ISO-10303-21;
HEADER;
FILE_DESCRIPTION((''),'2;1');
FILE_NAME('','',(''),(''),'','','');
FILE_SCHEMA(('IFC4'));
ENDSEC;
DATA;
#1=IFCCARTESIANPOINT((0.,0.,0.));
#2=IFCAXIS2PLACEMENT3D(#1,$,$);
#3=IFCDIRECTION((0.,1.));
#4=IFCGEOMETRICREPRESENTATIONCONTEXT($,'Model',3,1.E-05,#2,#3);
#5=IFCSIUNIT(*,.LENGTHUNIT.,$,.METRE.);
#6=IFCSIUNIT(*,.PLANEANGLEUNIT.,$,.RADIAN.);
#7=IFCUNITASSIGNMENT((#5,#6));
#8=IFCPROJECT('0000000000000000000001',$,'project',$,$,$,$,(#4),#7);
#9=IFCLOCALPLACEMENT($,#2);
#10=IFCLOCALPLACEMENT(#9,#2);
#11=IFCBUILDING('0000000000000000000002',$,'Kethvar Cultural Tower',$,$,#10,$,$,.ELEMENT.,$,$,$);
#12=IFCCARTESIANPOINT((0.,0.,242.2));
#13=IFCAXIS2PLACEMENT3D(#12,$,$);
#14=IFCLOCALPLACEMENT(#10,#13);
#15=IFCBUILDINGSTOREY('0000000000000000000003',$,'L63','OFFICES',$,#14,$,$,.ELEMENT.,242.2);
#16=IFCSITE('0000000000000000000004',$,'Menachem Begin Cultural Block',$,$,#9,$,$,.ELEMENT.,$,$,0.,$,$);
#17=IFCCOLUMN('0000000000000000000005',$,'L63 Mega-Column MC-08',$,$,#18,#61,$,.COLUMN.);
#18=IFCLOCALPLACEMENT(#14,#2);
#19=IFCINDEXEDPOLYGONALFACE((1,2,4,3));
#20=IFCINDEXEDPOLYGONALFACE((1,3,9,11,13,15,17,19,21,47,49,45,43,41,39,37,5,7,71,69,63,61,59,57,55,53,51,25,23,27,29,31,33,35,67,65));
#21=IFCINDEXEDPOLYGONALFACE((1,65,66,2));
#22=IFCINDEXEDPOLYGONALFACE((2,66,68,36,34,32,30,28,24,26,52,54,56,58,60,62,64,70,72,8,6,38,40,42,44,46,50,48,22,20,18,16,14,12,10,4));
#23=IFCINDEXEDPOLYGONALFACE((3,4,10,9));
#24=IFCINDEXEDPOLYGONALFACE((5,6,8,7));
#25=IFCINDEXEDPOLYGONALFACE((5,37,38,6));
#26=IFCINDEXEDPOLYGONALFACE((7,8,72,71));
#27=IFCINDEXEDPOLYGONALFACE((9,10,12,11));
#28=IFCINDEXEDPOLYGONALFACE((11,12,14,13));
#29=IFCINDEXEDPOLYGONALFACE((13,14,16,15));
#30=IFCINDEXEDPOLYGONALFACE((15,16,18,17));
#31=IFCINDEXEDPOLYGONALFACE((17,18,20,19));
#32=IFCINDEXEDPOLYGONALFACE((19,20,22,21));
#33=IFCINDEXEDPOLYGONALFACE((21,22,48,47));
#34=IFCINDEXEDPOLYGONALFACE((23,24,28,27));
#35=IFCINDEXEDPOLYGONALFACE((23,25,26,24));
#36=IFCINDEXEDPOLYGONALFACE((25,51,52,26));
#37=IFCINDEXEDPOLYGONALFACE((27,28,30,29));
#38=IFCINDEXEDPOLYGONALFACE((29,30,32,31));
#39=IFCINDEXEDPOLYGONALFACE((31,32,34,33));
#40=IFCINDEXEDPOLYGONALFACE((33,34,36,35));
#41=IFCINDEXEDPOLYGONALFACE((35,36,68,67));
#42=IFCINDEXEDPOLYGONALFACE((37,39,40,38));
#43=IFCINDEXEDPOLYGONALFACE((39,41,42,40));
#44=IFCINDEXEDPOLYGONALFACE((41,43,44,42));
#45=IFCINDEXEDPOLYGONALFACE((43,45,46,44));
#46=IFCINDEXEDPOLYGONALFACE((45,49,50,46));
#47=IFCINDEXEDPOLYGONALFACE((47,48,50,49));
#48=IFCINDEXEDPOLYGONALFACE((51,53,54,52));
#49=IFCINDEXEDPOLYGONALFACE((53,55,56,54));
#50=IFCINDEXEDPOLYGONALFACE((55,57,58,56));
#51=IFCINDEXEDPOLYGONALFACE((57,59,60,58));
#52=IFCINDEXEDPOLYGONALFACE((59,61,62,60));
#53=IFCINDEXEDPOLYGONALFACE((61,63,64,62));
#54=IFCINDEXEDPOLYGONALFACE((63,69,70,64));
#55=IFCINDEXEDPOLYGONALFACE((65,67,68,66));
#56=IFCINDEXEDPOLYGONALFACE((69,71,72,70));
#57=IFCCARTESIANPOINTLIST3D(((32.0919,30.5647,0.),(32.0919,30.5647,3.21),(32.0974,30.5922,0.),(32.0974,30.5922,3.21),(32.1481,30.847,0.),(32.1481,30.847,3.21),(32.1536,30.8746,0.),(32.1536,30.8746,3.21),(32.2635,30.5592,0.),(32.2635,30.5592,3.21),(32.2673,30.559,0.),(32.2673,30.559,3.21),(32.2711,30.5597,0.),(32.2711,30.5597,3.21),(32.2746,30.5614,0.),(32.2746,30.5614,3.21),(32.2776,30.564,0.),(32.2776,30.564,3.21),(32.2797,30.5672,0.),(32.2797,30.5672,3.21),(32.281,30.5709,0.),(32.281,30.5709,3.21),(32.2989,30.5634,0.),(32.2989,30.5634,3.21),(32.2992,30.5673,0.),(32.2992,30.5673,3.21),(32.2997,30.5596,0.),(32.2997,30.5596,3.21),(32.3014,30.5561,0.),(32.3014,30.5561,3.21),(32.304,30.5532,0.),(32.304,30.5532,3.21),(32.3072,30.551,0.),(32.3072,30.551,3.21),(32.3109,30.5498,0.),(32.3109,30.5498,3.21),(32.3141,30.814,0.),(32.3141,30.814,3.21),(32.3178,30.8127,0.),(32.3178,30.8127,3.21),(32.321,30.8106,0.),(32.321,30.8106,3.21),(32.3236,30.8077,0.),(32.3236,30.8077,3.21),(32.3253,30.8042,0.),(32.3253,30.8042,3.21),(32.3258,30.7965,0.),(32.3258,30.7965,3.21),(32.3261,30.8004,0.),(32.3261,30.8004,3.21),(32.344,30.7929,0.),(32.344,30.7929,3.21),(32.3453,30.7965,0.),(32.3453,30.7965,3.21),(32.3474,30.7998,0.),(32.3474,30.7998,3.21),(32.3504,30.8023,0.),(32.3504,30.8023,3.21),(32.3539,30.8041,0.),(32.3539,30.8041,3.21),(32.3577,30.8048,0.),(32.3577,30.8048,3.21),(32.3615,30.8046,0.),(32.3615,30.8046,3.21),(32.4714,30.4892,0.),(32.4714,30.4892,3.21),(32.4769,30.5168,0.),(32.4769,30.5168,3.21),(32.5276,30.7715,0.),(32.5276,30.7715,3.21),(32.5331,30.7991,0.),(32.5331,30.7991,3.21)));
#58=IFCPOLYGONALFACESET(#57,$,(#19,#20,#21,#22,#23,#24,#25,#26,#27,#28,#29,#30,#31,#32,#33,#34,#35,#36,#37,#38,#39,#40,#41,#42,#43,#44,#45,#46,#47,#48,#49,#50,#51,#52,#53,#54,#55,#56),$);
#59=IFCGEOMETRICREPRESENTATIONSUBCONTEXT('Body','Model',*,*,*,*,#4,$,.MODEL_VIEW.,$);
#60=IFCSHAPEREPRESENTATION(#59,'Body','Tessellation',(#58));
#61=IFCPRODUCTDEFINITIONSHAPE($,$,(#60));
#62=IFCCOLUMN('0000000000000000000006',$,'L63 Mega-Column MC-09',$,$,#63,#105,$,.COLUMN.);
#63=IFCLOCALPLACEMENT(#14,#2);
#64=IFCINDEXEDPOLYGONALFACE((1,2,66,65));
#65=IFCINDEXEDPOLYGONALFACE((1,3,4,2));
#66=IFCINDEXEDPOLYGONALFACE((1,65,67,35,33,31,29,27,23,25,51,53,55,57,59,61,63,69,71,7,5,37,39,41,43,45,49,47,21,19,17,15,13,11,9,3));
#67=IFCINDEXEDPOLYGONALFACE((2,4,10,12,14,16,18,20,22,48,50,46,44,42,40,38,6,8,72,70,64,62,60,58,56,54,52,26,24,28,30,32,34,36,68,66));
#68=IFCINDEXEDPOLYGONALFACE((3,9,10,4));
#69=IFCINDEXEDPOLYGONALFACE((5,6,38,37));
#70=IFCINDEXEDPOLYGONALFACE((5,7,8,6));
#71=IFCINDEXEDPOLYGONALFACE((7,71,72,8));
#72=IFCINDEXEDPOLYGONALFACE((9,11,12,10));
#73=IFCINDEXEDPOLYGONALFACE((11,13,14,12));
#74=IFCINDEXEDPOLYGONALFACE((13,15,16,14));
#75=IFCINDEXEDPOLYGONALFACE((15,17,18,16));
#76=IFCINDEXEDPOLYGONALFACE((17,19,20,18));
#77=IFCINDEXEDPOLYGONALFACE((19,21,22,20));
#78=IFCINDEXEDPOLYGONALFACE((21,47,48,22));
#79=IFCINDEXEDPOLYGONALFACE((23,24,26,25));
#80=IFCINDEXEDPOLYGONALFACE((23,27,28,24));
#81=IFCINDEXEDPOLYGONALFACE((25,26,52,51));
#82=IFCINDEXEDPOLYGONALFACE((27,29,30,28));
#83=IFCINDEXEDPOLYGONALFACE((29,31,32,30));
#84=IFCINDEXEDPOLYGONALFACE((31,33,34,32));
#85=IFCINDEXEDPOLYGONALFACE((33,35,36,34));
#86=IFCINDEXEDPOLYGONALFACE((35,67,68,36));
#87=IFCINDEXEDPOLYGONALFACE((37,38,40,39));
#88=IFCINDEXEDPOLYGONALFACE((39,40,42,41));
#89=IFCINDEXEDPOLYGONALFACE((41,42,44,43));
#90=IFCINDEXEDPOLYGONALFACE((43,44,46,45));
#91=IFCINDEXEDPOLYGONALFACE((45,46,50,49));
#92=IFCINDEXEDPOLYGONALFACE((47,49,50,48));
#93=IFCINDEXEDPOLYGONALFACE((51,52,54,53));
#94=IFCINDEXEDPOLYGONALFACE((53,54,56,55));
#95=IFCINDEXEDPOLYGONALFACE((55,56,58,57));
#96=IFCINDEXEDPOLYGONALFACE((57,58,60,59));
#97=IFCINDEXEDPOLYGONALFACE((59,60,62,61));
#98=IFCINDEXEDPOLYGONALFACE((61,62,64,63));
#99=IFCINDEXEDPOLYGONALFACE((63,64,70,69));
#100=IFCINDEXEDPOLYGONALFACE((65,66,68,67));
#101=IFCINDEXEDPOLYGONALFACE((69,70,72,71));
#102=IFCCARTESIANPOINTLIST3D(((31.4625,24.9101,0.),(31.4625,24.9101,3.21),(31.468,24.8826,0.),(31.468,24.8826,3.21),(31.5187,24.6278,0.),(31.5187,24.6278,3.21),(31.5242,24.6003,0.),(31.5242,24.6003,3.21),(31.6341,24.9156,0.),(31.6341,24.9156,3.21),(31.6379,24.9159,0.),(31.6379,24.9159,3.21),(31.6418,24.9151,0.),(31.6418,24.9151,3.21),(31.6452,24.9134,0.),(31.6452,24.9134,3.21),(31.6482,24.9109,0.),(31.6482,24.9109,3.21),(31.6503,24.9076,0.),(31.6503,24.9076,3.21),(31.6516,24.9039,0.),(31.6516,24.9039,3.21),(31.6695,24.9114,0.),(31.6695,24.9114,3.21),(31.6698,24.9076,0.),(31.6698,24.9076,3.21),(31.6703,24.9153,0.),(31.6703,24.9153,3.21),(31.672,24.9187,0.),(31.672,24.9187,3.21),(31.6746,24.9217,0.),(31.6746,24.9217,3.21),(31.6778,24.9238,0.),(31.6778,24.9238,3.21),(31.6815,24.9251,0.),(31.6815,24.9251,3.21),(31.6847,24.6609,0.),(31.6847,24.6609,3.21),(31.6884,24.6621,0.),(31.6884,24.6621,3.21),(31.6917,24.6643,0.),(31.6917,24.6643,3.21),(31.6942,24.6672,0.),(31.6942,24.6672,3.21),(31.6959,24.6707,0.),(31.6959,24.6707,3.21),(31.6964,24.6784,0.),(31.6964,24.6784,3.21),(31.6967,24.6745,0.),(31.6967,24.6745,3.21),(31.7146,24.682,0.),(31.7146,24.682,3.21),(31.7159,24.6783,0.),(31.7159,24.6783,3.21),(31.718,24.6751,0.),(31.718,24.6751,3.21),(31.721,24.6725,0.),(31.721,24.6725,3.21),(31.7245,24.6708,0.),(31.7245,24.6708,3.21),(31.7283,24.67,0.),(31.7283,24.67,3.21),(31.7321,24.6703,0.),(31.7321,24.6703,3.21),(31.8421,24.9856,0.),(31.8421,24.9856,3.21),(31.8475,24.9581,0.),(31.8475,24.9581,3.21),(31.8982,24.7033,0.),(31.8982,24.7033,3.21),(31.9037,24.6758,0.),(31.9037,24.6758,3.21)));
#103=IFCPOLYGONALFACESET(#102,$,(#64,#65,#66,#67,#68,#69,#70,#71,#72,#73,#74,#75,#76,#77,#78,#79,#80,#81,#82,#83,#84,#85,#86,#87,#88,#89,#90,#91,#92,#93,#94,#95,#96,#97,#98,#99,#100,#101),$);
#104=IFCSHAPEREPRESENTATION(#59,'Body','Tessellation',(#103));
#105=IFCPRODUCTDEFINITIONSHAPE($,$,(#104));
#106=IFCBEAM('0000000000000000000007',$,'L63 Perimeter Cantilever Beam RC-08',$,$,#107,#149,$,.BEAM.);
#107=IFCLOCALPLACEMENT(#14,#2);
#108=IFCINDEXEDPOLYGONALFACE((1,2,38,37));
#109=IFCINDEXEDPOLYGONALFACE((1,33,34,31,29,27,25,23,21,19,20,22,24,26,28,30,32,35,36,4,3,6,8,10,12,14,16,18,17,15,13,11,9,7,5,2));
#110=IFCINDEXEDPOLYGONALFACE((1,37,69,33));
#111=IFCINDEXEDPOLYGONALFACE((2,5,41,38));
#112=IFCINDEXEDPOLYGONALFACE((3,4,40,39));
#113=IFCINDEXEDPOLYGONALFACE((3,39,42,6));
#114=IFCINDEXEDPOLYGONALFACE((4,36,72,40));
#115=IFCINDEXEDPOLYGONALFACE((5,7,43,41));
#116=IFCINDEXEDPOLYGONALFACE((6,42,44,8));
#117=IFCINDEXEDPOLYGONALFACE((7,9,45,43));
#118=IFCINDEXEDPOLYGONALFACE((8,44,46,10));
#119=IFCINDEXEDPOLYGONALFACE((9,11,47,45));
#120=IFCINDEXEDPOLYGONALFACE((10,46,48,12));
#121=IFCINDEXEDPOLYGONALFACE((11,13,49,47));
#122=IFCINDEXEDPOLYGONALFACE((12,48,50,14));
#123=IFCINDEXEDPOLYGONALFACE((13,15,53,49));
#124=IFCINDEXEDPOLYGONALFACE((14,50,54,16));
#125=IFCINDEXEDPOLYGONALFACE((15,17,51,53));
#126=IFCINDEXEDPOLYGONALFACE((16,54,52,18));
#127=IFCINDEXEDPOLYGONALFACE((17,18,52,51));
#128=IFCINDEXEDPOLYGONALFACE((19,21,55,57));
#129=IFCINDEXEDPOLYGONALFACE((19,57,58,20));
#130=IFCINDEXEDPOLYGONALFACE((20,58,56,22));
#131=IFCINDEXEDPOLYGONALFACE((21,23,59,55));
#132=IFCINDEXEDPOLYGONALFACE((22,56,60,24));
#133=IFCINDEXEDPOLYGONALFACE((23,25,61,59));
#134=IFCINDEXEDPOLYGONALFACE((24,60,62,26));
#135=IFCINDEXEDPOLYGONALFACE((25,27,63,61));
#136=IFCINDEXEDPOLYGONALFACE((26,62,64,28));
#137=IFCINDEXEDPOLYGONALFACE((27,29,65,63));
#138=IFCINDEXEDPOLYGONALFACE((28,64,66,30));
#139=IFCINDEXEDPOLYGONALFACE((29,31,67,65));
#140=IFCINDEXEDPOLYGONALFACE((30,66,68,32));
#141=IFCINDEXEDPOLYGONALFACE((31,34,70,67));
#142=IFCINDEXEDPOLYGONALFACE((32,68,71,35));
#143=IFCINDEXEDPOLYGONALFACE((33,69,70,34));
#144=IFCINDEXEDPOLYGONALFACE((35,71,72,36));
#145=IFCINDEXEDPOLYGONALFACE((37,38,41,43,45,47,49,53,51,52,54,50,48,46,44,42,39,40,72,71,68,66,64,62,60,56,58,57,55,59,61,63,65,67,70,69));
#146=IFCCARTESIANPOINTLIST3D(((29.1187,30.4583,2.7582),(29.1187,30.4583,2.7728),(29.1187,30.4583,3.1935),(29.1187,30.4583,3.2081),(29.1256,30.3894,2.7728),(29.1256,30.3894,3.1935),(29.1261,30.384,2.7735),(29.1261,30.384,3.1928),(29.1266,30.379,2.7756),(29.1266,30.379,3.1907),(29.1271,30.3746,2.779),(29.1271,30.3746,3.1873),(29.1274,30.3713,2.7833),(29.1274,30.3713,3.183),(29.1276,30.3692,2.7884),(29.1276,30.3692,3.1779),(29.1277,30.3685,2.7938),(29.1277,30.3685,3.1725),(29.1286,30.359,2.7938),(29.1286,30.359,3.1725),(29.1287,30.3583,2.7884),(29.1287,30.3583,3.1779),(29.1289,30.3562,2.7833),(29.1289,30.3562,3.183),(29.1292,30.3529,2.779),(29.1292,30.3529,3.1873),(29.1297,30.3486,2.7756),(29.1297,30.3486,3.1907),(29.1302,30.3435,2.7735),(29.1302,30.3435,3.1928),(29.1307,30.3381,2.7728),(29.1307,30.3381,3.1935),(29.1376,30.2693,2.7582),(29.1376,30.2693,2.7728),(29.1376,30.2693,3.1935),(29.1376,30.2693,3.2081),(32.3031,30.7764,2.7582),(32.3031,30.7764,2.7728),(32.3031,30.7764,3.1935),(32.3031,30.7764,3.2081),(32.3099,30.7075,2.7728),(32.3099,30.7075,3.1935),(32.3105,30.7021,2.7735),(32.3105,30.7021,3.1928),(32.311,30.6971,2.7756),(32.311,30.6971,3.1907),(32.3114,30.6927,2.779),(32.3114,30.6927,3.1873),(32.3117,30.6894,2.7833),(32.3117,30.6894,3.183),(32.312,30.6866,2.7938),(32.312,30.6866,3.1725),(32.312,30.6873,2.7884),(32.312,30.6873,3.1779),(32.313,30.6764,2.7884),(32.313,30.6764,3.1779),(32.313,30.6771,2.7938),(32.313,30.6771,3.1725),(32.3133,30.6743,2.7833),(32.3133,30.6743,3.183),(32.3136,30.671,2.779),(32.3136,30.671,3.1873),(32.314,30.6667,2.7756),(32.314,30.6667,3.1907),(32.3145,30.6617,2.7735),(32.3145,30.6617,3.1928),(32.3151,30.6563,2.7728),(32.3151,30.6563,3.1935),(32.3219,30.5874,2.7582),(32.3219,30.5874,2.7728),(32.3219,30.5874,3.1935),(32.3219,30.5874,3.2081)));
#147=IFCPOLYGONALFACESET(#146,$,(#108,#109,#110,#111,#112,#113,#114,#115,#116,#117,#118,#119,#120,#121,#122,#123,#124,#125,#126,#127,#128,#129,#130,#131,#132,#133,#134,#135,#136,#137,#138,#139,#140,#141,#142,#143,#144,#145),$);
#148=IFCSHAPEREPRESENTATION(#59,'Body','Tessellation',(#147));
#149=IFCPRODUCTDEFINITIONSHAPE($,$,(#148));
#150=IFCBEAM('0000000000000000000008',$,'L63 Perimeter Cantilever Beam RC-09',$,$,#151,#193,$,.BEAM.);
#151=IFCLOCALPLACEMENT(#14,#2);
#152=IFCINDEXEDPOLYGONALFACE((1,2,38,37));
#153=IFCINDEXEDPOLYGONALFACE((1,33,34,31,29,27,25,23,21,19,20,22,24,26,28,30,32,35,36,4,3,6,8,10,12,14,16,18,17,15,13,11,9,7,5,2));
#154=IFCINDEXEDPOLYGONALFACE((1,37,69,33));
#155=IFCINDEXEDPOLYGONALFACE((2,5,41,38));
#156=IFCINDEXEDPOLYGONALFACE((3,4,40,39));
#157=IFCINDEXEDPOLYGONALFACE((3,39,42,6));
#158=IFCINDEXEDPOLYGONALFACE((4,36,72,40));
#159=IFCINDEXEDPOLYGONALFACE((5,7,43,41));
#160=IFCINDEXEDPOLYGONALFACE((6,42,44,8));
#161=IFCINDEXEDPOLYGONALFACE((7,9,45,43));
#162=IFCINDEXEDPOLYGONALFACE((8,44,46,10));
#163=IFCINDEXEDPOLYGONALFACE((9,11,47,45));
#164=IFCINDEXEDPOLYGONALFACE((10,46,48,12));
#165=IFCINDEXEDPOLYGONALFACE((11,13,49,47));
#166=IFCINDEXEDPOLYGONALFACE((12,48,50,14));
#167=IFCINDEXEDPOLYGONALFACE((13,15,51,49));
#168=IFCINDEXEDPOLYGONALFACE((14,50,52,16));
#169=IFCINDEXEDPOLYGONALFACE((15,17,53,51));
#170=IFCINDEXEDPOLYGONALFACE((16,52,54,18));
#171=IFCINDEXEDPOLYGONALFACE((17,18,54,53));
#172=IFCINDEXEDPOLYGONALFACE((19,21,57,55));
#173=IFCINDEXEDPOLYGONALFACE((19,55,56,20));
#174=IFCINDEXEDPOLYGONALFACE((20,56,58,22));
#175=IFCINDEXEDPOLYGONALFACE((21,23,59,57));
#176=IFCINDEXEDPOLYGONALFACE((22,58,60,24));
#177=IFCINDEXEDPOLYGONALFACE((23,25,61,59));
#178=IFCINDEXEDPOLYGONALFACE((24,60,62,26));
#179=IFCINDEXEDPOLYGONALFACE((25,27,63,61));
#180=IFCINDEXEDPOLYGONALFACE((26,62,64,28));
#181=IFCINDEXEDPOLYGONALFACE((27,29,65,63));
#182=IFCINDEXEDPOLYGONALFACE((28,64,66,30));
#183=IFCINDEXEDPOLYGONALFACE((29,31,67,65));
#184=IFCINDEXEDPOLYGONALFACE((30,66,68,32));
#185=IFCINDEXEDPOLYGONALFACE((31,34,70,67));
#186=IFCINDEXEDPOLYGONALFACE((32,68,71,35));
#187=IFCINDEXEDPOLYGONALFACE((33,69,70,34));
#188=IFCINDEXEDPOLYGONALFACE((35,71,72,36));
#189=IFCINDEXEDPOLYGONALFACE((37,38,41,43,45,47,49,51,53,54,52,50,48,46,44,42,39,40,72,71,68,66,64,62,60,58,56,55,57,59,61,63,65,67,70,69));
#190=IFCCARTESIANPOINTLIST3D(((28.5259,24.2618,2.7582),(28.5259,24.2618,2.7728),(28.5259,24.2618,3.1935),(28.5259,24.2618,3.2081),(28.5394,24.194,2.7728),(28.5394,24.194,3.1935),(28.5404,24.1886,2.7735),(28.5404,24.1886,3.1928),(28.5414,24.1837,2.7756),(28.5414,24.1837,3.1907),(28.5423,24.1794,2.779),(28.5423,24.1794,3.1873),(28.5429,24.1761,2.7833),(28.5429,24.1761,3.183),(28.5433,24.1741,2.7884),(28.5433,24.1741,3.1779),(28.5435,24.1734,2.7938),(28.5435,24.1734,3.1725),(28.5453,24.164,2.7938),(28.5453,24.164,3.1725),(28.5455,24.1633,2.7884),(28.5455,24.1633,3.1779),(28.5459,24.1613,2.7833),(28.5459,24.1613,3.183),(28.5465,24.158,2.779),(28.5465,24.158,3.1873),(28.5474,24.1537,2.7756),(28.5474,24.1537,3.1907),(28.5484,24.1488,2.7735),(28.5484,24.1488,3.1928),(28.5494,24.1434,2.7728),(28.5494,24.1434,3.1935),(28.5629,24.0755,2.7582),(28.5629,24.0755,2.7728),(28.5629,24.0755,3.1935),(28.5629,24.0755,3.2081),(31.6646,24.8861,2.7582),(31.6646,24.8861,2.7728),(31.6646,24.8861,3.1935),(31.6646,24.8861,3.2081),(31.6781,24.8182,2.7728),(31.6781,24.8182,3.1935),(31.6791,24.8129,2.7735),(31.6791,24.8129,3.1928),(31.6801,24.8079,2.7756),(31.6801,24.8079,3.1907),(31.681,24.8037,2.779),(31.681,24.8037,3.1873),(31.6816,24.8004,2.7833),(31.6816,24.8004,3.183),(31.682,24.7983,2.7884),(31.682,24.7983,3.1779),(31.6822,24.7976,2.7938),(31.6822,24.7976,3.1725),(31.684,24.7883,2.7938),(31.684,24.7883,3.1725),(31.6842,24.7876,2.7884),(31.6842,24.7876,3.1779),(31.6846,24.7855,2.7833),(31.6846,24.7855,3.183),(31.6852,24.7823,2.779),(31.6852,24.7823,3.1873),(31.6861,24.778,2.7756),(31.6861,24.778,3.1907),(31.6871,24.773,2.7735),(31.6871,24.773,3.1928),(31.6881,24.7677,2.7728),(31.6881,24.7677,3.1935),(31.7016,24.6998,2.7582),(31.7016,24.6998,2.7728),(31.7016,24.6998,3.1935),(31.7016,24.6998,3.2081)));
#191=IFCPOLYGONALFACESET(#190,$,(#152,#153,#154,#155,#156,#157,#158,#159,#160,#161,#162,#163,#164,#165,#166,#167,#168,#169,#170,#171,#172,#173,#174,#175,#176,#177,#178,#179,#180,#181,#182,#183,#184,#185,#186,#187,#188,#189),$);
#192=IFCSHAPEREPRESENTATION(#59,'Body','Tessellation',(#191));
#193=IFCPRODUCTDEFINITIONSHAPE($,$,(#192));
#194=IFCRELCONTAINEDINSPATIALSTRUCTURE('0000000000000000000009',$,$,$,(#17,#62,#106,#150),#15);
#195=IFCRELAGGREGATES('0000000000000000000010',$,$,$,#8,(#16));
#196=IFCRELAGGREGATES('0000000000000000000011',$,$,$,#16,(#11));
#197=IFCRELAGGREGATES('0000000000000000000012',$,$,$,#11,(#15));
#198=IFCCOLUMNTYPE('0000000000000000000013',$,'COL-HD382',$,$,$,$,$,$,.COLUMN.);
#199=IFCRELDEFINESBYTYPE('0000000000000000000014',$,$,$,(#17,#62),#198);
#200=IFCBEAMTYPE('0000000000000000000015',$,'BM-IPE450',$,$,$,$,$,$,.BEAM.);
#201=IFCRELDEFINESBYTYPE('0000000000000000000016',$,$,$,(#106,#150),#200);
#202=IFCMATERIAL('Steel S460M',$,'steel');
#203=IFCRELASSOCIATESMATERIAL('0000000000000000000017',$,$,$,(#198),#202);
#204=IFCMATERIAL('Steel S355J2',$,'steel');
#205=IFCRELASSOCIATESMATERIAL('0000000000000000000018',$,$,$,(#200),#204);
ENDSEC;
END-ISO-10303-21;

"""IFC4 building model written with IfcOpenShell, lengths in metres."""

from ifc_helpers import new_model, si_unit, direction, frame, origin, origin_2d, place, context, subcontext, project, spatial, i_section, extrude, source, transform, mapped, material, material_profile, profile_set, type_object, element, save


model = new_model("IFC4")

# Units and contexts
model_context = context("Model", 3, precision=1e-05, world=origin(), true_north=direction((0.0, 1.0)))
body_context = subcontext(model_context, "Body", "Model", "MODEL_VIEW")
ifc_project = project(units=[si_unit("LENGTHUNIT", "METRE"), si_unit("PLANEANGLEUNIT", "RADIAN")], contexts=[model_context])

# Site, building, storey
site_placement = place(None, origin())
site = spatial("IfcSite", under=ifc_project, at=site_placement, Name="Menachem Begin Cultural Block", CompositionType="ELEMENT", RefElevation=0.0)
building_placement = place(site_placement, origin())
building = spatial("IfcBuilding", under=site, at=building_placement, Name="Kethvar Cultural Tower", CompositionType="ELEMENT")
storey_placement = place(building_placement, frame((0.0, 0.0, 242.2)))
storey = spatial("IfcBuildingStorey", under=building, at=storey_placement, Name="L63", Description="OFFICES", CompositionType="ELEMENT", Elevation=242.2)

# Columns
ifc_material_1 = material(Name="Steel S460M", Category="steel")
ifc_material_profile_1 = material_profile(ifc_material_1, i_section(OverallWidth=0.387, OverallDepth=0.3159, WebThickness=0.0186, FlangeThickness=0.0281, FilletRadius=0.0149, at=origin_2d()), Name="Steel S460M — HD400x382")
ifc_profile_set_1 = profile_set([ifc_material_profile_1], Name="Steel S460M — HD400x382")
column_type = type_object("IfcColumnType", Name="COL-HD382", PredefinedType="COLUMN", material=ifc_profile_set_1)
shared_shape_1 = source(origin(), body_context, "Body", "SweptSolid", [
    extrude(i_section(OverallWidth=0.387, OverallDepth=0.3159, WebThickness=0.0186, FlangeThickness=0.0281, FilletRadius=0.0149, at=origin_2d()), origin(), (0.0, 0.0, 1.0), 3.21),
])
for number, where, z_axis, x_axis, name in (
    (1, (32.3125, 30.6819, 0.0), (0.0, 0.0, 1.0), (-0.980785, 0.19509, 0.0), "L63 Mega-Column MC-08"),
    (2, (31.6831, 24.793, 0.0), (0.0, 0.0, 1.0), (-0.980785, -0.19509, 0.0), "L63 Mega-Column MC-09"),
):
    element("IfcColumn", number, at=place(storey_placement, frame(where, z_axis=z_axis, x_axis=x_axis)), inside=storey, type_object=column_type, Name=name, PredefinedType="COLUMN", context=body_context, shape_type="MappedRepresentation", body=[
        mapped(shared_shape_1, transform((0.0, 0.0, 0.0), scale=1.0)),
    ])

# Beams
ifc_material_2 = material(Name="Steel S355J2", Category="steel")
ifc_material_profile_2 = material_profile(ifc_material_2, i_section(OverallWidth=0.1899, OverallDepth=0.45, WebThickness=0.0095, FlangeThickness=0.0146, FilletRadius=0.021, at=origin_2d()), Name="Steel S355J2 — IPE450")
ifc_profile_set_2 = profile_set([ifc_material_profile_2], Name="Steel S355J2 — IPE450")
beam_type_1 = type_object("IfcBeamType", Name="BM-IPE450", PredefinedType="BEAM", material=ifc_profile_set_2)
shared_shape_2 = source(origin(), body_context, "Body", "SweptSolid", [
    extrude(i_section(OverallWidth=0.1899, OverallDepth=0.45, WebThickness=0.0095, FlangeThickness=0.0146, FilletRadius=0.021, at=origin_2d()), origin(), (0.0, 0.0, 1.0), 3.2002),
])
for number, where, z_axis, x_axis, name in (
    (3, (32.3125, 30.6819, 2.9832), (-0.995047, -0.099406, 0.0), (0.099406, -0.995047, 0.0), "L63 Perimeter Cantilever Beam RC-08"),
    (4, (31.6831, 24.793, 2.9832), (-0.980788, -0.195074, 0.0), (0.195074, -0.980788, 0.0), "L63 Perimeter Cantilever Beam RC-09"),
):
    element("IfcBeam", number, at=place(storey_placement, frame(where, z_axis=z_axis, x_axis=x_axis)), inside=storey, type_object=beam_type_1, Name=name, PredefinedType="BEAM", context=body_context, shape_type="MappedRepresentation", body=[
        mapped(shared_shape_2, transform((0.0, 0.0, 0.0), scale=1.0)),
    ])

save(model, "model.ifc")
